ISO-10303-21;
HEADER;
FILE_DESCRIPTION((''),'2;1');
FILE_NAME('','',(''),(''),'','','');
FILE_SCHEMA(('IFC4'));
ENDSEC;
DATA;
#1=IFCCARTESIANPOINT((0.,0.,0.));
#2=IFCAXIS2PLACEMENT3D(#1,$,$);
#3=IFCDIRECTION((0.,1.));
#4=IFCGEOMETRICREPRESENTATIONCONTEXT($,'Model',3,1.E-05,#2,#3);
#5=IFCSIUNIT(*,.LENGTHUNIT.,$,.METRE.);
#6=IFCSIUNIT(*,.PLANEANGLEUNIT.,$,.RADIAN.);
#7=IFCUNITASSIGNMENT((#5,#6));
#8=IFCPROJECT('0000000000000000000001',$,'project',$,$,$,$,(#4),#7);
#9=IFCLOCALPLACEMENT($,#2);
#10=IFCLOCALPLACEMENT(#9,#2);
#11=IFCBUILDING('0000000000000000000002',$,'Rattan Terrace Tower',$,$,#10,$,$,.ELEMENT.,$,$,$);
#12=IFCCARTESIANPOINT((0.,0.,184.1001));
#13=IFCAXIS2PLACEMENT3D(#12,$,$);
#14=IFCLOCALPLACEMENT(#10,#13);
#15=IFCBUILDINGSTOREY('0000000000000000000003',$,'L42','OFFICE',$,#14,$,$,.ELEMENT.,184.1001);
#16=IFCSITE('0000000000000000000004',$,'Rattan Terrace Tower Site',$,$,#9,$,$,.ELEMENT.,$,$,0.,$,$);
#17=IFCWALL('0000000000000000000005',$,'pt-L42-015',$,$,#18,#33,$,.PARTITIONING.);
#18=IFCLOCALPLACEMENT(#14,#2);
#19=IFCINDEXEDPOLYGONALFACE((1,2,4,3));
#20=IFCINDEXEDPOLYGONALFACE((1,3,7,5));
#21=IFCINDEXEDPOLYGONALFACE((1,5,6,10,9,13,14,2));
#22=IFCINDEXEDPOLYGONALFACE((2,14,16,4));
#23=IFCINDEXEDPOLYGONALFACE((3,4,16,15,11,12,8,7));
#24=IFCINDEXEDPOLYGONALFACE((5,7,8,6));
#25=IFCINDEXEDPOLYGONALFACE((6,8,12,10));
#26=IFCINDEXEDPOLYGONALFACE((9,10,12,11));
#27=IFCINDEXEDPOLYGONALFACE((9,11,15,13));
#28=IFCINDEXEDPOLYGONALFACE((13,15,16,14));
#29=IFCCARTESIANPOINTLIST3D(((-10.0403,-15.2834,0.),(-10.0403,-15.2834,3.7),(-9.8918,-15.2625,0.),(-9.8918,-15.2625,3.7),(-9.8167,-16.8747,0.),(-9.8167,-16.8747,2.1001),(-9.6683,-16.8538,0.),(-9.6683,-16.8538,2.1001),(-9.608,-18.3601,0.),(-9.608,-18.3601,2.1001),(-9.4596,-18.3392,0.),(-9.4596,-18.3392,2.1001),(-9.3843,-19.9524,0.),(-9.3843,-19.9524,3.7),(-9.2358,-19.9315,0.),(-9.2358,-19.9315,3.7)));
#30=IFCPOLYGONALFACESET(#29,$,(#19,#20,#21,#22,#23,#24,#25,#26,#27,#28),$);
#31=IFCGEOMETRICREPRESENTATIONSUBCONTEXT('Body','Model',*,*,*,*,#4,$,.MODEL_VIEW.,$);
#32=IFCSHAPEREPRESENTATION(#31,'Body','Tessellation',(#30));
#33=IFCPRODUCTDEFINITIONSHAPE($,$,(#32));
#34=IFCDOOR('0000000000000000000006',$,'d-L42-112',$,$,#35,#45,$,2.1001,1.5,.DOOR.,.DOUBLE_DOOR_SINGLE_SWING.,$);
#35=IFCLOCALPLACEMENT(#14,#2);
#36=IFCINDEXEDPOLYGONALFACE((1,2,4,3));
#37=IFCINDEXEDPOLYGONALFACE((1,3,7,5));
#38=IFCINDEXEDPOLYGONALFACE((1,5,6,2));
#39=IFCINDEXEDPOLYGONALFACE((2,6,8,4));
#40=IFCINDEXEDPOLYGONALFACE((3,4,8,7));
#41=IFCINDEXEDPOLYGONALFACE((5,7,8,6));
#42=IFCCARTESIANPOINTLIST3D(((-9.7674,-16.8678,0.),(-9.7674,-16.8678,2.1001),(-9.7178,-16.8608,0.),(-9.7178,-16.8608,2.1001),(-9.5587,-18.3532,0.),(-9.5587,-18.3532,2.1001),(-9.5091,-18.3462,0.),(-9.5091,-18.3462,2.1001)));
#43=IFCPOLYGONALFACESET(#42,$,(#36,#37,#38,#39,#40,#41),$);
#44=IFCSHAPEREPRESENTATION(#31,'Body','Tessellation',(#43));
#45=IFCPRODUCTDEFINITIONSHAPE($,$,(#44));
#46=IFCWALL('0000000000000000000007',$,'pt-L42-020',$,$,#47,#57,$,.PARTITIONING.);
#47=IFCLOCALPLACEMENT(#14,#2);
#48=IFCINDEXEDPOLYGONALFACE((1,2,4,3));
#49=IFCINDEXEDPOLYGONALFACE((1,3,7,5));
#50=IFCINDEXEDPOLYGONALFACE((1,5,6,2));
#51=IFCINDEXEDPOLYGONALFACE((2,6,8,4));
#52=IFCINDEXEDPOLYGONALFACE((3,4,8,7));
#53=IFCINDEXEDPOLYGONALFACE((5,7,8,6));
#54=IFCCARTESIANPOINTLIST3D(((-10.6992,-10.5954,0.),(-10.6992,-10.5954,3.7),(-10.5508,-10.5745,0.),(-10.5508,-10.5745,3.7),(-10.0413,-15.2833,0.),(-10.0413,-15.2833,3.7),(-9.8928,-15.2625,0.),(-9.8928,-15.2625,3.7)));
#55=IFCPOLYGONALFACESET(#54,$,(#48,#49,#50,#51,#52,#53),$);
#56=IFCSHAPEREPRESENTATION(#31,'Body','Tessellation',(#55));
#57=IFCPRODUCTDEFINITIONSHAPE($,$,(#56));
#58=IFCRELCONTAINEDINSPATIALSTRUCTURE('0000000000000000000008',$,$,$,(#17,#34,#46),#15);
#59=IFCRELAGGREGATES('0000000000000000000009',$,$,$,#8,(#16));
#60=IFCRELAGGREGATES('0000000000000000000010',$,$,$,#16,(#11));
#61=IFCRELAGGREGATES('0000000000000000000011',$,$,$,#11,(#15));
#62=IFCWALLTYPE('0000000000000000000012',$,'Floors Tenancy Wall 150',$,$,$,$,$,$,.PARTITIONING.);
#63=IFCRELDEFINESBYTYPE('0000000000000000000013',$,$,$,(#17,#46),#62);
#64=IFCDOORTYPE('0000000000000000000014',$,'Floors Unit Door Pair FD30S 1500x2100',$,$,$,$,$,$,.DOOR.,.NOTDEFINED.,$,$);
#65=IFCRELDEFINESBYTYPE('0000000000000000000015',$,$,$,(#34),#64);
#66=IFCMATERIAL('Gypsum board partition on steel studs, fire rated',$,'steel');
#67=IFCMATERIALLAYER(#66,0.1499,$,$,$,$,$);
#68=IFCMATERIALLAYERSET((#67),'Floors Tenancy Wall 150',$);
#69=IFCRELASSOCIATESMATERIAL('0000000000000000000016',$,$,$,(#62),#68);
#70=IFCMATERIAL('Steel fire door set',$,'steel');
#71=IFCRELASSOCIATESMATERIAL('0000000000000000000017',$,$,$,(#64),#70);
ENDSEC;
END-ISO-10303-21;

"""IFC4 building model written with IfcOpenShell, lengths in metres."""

from ifc_helpers import new_model, si_unit, direction, frame, frame_2d, origin, place, context, subcontext, project, spatial, rectangle, extrude, material, layer, layer_set, type_object, element, fill, save


model = new_model("IFC4")

# Units and contexts
model_context = context("Model", 3, precision=1e-05, world=origin(), true_north=direction((0.0, 1.0)))
body_context = subcontext(model_context, "Body", "Model", "MODEL_VIEW")
ifc_project = project(units=[si_unit("LENGTHUNIT", "METRE"), si_unit("PLANEANGLEUNIT", "RADIAN")], contexts=[model_context])

# Site, building, storey
site_placement = place(None, origin())
site = spatial("IfcSite", under=ifc_project, at=site_placement, Name="Rattan Terrace Tower Site", CompositionType="ELEMENT", RefElevation=0.0)
building_placement = place(site_placement, origin())
building = spatial("IfcBuilding", under=site, at=building_placement, Name="Rattan Terrace Tower", CompositionType="ELEMENT")
storey_placement = place(building_placement, frame((0.0, 0.0, 184.1001)))
storey = spatial("IfcBuildingStorey", under=building, at=storey_placement, Name="L42", Description="OFFICE", CompositionType="ELEMENT", Elevation=184.1001)

# Shared definitions
ifc_material_1 = material(Name="Gypsum board partition on steel studs, fire rated", Category="steel")
ifc_layer_1 = layer(ifc_material_1, 0.1499)
ifc_layer_set_1 = layer_set([ifc_layer_1], Name="Floors Tenancy Wall 150")
wall_type_1 = type_object("IfcWallType", Name="Floors Tenancy Wall 150", PredefinedType="PARTITIONING", material=ifc_layer_set_1)
ifc_material_2 = material(Name="Steel fire door set", Category="steel")
door_type_1 = type_object("IfcDoorType", Name="Floors Unit Door Pair FD30S 1500x2100", OperationType="NOTDEFINED", PredefinedType="DOOR", material=ifc_material_2)

# Wall, opening, door
wall_1_placement = place(storey_placement, frame((-9.9661, -15.2729, 0.0), z_axis=(0.0, 0.0, 1.0), x_axis=(0.139137, -0.990273, 0.0)))
wall_1 = element("IfcWall", 1, at=wall_1_placement, inside=storey, type_object=wall_type_1, Name="pt-L42-015", PredefinedType="PARTITIONING", context=body_context, shape_type="SweptSolid", body=[
    extrude(rectangle(XDim=4.7148, YDim=0.1499, at=frame_2d((2.3574, 0.0))), origin(), (0.0, 0.0, 1.0), 3.7),
])
opening_1_placement = place(wall_1_placement, frame((1.6069, 0.0, 0.0)))
opening_1 = element("IfcOpeningElement", 2, at=opening_1_placement, cuts=wall_1, PredefinedType="OPENING", context=body_context, shape_type="SweptSolid", body=[
    extrude(rectangle(XDim=1.5, YDim=2.1001, at=frame_2d((0.75, 1.05))), frame((0.0, 0.0854, 0.0), z_axis=(0.0, -1.0, 0.0), x_axis=(1.0, 0.0, 0.0)), (0.0, 0.0, 1.0), 0.1709),
])
door_1_placement = place(opening_1_placement, origin())
door_1 = element("IfcDoor", 3, at=door_1_placement, inside=storey, type_object=door_type_1, Name="d-L42-112", OperationType="DOUBLE_DOOR_SINGLE_SWING", OverallHeight=2.1001, OverallWidth=1.5, PredefinedType="DOOR", context=body_context, shape_type="SweptSolid", body=[
    extrude(rectangle(XDim=1.5, YDim=2.1001, at=frame_2d((0.75, 1.05))), frame((0.0, 0.0249, 0.0), z_axis=(0.0, -1.0, 0.0), x_axis=(1.0, 0.0, 0.0)), (0.0, 0.0, 1.0), 0.05),
])
fill(opening_1, door_1)

# Wall
wall_2_placement = place(storey_placement, frame((-10.625, -10.585, 0.0), z_axis=(0.0, 0.0, 1.0), x_axis=(0.138988, -0.990294, 0.0)))
element("IfcWall", 4, at=wall_2_placement, inside=storey, type_object=wall_type_1, Name="pt-L42-020", PredefinedType="PARTITIONING", context=body_context, shape_type="SweptSolid", body=[
    extrude(rectangle(XDim=4.7339, YDim=0.1499, at=frame_2d((2.3669, 0.0))), origin(), (0.0, 0.0, 1.0), 3.7),
])

save(model, "model.ifc")
